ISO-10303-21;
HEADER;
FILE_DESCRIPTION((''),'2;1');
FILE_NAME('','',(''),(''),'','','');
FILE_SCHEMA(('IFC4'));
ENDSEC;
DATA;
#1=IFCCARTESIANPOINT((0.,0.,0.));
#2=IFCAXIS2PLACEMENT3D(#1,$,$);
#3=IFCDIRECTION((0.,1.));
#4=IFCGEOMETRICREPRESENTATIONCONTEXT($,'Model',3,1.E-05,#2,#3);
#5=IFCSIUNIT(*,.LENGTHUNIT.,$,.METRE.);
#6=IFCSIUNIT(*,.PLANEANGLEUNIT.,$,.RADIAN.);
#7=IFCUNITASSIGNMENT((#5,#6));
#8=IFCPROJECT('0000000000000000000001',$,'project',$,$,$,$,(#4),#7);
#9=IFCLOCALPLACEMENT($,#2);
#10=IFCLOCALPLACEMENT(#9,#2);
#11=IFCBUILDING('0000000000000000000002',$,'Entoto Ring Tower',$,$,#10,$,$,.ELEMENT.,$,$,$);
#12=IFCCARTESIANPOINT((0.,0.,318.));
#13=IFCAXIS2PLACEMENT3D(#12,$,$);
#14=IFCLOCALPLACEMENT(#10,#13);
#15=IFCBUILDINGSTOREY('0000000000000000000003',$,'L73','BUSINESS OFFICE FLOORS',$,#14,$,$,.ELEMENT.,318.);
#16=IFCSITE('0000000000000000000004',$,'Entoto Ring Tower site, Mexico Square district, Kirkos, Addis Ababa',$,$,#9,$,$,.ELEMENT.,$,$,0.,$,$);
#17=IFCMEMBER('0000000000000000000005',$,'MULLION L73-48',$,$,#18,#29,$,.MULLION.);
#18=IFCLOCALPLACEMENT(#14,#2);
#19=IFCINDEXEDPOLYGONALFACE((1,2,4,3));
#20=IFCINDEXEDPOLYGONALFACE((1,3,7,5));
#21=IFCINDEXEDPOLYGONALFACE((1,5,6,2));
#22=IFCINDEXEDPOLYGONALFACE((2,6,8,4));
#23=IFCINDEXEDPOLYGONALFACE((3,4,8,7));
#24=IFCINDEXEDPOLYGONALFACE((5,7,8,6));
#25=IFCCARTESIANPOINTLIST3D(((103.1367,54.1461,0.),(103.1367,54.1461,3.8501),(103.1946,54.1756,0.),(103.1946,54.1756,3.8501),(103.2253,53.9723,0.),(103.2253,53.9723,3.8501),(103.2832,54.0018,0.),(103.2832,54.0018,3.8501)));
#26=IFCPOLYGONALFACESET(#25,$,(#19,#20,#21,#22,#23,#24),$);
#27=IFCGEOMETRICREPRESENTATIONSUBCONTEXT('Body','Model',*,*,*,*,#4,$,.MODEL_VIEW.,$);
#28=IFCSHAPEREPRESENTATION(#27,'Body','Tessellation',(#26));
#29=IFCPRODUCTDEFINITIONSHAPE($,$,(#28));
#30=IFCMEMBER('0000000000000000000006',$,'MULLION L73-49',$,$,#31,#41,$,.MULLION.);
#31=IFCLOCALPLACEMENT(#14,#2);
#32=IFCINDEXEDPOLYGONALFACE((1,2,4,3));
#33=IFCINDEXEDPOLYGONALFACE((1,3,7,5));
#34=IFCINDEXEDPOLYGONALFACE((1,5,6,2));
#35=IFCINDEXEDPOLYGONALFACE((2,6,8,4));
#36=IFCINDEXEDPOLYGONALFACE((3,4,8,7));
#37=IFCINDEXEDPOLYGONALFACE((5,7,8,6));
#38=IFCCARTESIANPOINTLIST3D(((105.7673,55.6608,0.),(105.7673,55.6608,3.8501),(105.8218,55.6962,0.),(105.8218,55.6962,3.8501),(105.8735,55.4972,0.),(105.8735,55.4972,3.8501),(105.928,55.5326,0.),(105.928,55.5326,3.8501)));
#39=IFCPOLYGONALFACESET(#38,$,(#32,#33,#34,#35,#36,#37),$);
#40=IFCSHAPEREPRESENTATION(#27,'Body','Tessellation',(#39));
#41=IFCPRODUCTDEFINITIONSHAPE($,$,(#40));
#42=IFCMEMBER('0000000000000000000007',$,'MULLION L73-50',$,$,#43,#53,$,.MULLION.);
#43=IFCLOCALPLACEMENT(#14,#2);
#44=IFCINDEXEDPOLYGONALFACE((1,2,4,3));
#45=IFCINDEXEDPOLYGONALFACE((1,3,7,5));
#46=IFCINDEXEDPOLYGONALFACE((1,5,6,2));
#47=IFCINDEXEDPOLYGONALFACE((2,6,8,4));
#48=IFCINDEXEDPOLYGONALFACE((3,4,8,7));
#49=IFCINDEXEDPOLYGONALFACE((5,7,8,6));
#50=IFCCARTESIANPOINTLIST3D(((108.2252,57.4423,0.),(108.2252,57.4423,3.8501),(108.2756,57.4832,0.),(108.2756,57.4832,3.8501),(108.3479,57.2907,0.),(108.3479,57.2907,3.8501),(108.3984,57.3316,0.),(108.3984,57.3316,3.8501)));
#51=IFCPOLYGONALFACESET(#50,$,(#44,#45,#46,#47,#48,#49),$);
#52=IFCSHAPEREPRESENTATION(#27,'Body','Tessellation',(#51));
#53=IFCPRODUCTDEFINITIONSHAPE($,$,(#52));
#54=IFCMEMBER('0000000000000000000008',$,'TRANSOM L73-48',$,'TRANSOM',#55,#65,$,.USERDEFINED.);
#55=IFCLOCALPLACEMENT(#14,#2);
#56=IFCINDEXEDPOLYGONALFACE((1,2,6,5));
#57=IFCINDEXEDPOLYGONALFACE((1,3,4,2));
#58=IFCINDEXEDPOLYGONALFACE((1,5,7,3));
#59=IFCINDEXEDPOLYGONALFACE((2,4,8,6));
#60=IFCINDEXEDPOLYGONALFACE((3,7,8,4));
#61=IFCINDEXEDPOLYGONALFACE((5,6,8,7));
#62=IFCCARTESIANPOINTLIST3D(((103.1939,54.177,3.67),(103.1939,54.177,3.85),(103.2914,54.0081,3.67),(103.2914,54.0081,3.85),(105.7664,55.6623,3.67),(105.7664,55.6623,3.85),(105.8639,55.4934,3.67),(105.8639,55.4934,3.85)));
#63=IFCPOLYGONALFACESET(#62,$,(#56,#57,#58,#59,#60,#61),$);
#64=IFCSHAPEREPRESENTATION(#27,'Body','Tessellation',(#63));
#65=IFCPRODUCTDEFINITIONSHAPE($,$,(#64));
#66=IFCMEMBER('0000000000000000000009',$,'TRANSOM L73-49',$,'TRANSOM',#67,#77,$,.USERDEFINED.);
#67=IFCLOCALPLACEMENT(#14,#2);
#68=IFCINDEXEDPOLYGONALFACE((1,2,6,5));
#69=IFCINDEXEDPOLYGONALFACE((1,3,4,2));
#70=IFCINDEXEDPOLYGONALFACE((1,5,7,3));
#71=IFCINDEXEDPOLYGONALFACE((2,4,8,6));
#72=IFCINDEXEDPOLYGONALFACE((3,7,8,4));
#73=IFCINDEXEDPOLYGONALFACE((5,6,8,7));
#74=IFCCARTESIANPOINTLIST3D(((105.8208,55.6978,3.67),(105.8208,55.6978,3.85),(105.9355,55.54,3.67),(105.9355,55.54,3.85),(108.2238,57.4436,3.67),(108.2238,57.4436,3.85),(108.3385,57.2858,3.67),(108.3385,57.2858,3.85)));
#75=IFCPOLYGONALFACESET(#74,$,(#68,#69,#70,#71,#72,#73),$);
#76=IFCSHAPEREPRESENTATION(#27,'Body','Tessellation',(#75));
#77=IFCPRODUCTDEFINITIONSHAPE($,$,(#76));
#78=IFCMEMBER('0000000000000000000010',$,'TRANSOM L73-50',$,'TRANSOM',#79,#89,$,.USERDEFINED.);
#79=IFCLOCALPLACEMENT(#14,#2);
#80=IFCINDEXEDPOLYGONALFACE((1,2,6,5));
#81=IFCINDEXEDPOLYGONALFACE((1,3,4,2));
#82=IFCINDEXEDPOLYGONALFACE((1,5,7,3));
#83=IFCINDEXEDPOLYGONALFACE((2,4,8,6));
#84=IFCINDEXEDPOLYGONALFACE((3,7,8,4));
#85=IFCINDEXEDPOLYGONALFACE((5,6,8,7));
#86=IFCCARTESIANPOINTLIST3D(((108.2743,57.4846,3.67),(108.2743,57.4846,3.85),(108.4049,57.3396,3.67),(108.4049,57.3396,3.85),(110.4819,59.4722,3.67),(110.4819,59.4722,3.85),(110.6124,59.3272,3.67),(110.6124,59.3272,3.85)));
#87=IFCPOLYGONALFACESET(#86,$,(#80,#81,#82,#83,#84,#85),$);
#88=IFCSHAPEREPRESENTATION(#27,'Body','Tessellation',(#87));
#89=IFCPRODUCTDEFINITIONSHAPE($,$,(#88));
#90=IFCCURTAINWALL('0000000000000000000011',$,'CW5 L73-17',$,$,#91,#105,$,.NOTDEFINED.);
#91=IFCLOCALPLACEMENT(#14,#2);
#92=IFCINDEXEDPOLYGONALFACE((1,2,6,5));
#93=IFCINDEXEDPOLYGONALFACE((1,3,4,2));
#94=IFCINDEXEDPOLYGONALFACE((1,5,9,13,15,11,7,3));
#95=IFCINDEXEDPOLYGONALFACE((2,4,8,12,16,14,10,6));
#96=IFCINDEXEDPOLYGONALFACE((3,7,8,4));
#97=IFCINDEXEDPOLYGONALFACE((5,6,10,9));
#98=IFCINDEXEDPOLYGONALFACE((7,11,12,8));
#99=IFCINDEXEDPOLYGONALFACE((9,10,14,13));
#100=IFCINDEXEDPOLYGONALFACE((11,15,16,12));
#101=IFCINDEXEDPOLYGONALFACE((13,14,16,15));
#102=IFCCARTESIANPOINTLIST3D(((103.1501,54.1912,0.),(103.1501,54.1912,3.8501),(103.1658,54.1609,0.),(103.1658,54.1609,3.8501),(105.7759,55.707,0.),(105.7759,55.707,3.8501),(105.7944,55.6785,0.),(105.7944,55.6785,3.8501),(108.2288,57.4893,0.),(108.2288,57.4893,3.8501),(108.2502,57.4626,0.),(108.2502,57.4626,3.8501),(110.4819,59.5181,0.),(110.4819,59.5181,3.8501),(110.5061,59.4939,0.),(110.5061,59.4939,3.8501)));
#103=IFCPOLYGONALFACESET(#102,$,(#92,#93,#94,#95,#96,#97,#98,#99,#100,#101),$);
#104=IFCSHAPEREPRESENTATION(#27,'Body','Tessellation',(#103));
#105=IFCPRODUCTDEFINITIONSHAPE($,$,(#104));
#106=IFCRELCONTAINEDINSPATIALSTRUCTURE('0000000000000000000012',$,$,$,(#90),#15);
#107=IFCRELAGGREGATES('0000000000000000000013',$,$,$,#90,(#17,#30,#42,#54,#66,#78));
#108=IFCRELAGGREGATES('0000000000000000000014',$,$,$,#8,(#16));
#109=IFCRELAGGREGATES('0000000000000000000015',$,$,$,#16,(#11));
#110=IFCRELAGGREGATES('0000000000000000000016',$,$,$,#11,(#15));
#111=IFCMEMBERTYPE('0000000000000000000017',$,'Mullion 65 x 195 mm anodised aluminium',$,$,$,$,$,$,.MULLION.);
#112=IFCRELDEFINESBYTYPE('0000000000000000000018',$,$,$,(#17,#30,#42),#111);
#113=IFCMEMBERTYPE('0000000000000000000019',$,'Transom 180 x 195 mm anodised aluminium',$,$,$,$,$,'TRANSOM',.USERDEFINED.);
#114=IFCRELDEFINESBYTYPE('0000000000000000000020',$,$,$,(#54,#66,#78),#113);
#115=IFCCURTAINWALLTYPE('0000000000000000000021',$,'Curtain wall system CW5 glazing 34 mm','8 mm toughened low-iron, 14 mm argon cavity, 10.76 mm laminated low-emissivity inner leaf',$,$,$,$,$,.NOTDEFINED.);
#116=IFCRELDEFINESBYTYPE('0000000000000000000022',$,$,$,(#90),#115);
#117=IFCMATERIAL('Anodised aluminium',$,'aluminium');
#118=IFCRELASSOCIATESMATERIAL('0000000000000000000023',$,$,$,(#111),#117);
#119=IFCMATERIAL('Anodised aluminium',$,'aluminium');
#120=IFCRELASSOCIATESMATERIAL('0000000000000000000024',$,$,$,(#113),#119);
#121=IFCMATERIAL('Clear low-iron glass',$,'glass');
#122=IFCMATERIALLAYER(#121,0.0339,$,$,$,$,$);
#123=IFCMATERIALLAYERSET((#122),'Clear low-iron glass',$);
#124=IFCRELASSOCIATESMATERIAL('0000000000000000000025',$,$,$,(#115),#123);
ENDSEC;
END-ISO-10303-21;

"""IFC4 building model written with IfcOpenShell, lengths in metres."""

from ifc_helpers import new_model, si_unit, direction, frame, origin, origin_2d, place, context, subcontext, project, spatial, polyline, rectangle, outline, extrude, material, layer, layer_set, material_profile, profile_set, type_object, element, aggregate, save


model = new_model("IFC4")

# Units and contexts
model_context = context("Model", 3, precision=1e-05, world=origin(), true_north=direction((0.0, 1.0)))
body_context = subcontext(model_context, "Body", "Model", "MODEL_VIEW")
ifc_project = project(units=[si_unit("LENGTHUNIT", "METRE"), si_unit("PLANEANGLEUNIT", "RADIAN")], contexts=[model_context])

# Members
ifc_material_1 = material(Name="Anodised aluminium", Category="aluminium")
ifc_material_profile_1 = material_profile(ifc_material_1, rectangle(XDim=0.0649, YDim=0.1951, at=origin_2d()), Name="Mullion 65 x 195 mm anodised aluminium")
ifc_profile_set_1 = profile_set([ifc_material_profile_1], Name="Anodised aluminium")
member_type_1 = type_object("IfcMemberType", Name="Mullion 65 x 195 mm anodised aluminium", PredefinedType="MULLION", material=ifc_profile_set_1)
site_placement = place(None, origin())
building_placement = place(site_placement, origin())
storey_placement = place(building_placement, frame((0.0, 0.0, 318.0)))
member_1_placement = place(storey_placement, frame((103.21, 54.074, 0.0), z_axis=(0.0, 0.0, 1.0), x_axis=(0.891007, 0.45399, 0.0)))
member_1 = element("IfcMember", 1, at=member_1_placement, type_object=member_type_1, Name="MULLION L73-48", PredefinedType="MULLION", context=body_context, shape_type="SweptSolid", body=[
    extrude(rectangle(XDim=0.0649, YDim=0.1951, at=origin_2d()), origin(), (0.0, 0.0, 1.0), 3.8501),
])
member_2_placement = place(storey_placement, frame((105.8477, 55.5967, 0.0), z_axis=(0.0, 0.0, 1.0), x_axis=(0.838671, 0.544639, 0.0)))
member_2 = element("IfcMember", 2, at=member_2_placement, type_object=member_type_1, Name="MULLION L73-49", PredefinedType="MULLION", context=body_context, shape_type="SweptSolid", body=[
    extrude(rectangle(XDim=0.0649, YDim=0.1951, at=origin_2d()), origin(), (0.0, 0.0, 1.0), 3.8501),
])
member_3_placement = place(storey_placement, frame((108.3118, 57.387, 0.0), z_axis=(0.0, 0.0, 1.0), x_axis=(0.777146, 0.62932, 0.0)))
member_3 = element("IfcMember", 3, at=member_3_placement, type_object=member_type_1, Name="MULLION L73-50", PredefinedType="MULLION", context=body_context, shape_type="SweptSolid", body=[
    extrude(rectangle(XDim=0.0649, YDim=0.1951, at=origin_2d()), origin(), (0.0, 0.0, 1.0), 3.8501),
])
ifc_material_2 = material(Name="Anodised aluminium", Category="aluminium")
ifc_material_profile_2 = material_profile(ifc_material_2, rectangle(XDim=0.1951, YDim=0.1799, at=origin_2d()), Name="Transom 180 x 195 mm anodised aluminium")
ifc_profile_set_2 = profile_set([ifc_material_profile_2], Name="Anodised aluminium")
member_type_2 = type_object("IfcMemberType", Name="Transom 180 x 195 mm anodised aluminium", ElementType="TRANSOM", PredefinedType="USERDEFINED", material=ifc_profile_set_2)
member_4_placement = place(storey_placement, frame((103.2427, 54.0925, 3.76), z_axis=(0.866009, 0.500028, 0.0), x_axis=(-0.500028, 0.866009, 0.0)))
member_4 = element("IfcMember", 4, at=member_4_placement, type_object=member_type_2, Name="TRANSOM L73-48", ObjectType="TRANSOM", PredefinedType="USERDEFINED", context=body_context, shape_type="SweptSolid", body=[
    extrude(rectangle(XDim=0.1951, YDim=0.1799, at=origin_2d()), origin(), (0.0, 0.0, 1.0), 2.9705),
])
member_5_placement = place(storey_placement, frame((105.8782, 55.6189, 3.76), z_axis=(0.809031, 0.587766, 0.0), x_axis=(-0.587766, 0.809031, 0.0)))
member_5 = element("IfcMember", 5, at=member_5_placement, type_object=member_type_2, Name="TRANSOM L73-49", ObjectType="TRANSOM", PredefinedType="USERDEFINED", context=body_context, shape_type="SweptSolid", body=[
    extrude(rectangle(XDim=0.1951, YDim=0.1799, at=origin_2d()), origin(), (0.0, 0.0, 1.0), 2.9702),
])
member_6_placement = place(storey_placement, frame((108.3396, 57.4121, 3.76), z_axis=(0.743163, 0.66911, 0.0), x_axis=(-0.66911, 0.743163, 0.0)))
member_6 = element("IfcMember", 6, at=member_6_placement, type_object=member_type_2, Name="TRANSOM L73-50", ObjectType="TRANSOM", PredefinedType="USERDEFINED", context=body_context, shape_type="SweptSolid", body=[
    extrude(rectangle(XDim=0.1951, YDim=0.1799, at=origin_2d()), origin(), (0.0, 0.0, 1.0), 2.9705),
])

# Site, building, storey
site = spatial("IfcSite", under=ifc_project, at=site_placement, Name="Entoto Ring Tower site, Mexico Square district, Kirkos, Addis Ababa", CompositionType="ELEMENT", RefElevation=0.0)
building = spatial("IfcBuilding", under=site, at=building_placement, Name="Entoto Ring Tower", CompositionType="ELEMENT")
storey = spatial("IfcBuildingStorey", under=building, at=storey_placement, Name="L73", Description="BUSINESS OFFICE FLOORS", CompositionType="ELEMENT", Elevation=318.0)

# Curtain wall
ifc_material_3 = material(Name="Clear low-iron glass", Category="glass")
ifc_layer_1 = layer(ifc_material_3, 0.0339)
ifc_layer_set_1 = layer_set([ifc_layer_1], Name="Clear low-iron glass")
curtain_wall_type = type_object("IfcCurtainWallType", Name="Curtain wall system CW5 glazing 34 mm", Description="8 mm toughened low-iron, 14 mm argon cavity, 10.76 mm laminated low-emissivity inner leaf", PredefinedType="NOTDEFINED", material=ifc_layer_set_1)
curtain_wall_1_placement = place(storey_placement, origin())
curtain_wall_1 = element("IfcCurtainWall", 7, at=curtain_wall_1_placement, inside=storey, type_object=curtain_wall_type, Name="CW5 L73-17", PredefinedType="NOTDEFINED", context=body_context, shape_type="SweptSolid", body=[
    extrude(outline(polyline([(103.1658, 54.1609), (105.7944, 55.6785), (108.2502, 57.4626), (110.5061, 59.4939), (110.4819, 59.5181), (108.2288, 57.4893), (105.7759, 55.707), (103.1501, 54.1912), (103.1658, 54.1609)])), origin(), (0.0, 0.0, 1.0), 3.8501),
])
aggregate(curtain_wall_1, [member_1, member_2, member_3, member_4, member_5, member_6])

save(model, "model.ifc")
